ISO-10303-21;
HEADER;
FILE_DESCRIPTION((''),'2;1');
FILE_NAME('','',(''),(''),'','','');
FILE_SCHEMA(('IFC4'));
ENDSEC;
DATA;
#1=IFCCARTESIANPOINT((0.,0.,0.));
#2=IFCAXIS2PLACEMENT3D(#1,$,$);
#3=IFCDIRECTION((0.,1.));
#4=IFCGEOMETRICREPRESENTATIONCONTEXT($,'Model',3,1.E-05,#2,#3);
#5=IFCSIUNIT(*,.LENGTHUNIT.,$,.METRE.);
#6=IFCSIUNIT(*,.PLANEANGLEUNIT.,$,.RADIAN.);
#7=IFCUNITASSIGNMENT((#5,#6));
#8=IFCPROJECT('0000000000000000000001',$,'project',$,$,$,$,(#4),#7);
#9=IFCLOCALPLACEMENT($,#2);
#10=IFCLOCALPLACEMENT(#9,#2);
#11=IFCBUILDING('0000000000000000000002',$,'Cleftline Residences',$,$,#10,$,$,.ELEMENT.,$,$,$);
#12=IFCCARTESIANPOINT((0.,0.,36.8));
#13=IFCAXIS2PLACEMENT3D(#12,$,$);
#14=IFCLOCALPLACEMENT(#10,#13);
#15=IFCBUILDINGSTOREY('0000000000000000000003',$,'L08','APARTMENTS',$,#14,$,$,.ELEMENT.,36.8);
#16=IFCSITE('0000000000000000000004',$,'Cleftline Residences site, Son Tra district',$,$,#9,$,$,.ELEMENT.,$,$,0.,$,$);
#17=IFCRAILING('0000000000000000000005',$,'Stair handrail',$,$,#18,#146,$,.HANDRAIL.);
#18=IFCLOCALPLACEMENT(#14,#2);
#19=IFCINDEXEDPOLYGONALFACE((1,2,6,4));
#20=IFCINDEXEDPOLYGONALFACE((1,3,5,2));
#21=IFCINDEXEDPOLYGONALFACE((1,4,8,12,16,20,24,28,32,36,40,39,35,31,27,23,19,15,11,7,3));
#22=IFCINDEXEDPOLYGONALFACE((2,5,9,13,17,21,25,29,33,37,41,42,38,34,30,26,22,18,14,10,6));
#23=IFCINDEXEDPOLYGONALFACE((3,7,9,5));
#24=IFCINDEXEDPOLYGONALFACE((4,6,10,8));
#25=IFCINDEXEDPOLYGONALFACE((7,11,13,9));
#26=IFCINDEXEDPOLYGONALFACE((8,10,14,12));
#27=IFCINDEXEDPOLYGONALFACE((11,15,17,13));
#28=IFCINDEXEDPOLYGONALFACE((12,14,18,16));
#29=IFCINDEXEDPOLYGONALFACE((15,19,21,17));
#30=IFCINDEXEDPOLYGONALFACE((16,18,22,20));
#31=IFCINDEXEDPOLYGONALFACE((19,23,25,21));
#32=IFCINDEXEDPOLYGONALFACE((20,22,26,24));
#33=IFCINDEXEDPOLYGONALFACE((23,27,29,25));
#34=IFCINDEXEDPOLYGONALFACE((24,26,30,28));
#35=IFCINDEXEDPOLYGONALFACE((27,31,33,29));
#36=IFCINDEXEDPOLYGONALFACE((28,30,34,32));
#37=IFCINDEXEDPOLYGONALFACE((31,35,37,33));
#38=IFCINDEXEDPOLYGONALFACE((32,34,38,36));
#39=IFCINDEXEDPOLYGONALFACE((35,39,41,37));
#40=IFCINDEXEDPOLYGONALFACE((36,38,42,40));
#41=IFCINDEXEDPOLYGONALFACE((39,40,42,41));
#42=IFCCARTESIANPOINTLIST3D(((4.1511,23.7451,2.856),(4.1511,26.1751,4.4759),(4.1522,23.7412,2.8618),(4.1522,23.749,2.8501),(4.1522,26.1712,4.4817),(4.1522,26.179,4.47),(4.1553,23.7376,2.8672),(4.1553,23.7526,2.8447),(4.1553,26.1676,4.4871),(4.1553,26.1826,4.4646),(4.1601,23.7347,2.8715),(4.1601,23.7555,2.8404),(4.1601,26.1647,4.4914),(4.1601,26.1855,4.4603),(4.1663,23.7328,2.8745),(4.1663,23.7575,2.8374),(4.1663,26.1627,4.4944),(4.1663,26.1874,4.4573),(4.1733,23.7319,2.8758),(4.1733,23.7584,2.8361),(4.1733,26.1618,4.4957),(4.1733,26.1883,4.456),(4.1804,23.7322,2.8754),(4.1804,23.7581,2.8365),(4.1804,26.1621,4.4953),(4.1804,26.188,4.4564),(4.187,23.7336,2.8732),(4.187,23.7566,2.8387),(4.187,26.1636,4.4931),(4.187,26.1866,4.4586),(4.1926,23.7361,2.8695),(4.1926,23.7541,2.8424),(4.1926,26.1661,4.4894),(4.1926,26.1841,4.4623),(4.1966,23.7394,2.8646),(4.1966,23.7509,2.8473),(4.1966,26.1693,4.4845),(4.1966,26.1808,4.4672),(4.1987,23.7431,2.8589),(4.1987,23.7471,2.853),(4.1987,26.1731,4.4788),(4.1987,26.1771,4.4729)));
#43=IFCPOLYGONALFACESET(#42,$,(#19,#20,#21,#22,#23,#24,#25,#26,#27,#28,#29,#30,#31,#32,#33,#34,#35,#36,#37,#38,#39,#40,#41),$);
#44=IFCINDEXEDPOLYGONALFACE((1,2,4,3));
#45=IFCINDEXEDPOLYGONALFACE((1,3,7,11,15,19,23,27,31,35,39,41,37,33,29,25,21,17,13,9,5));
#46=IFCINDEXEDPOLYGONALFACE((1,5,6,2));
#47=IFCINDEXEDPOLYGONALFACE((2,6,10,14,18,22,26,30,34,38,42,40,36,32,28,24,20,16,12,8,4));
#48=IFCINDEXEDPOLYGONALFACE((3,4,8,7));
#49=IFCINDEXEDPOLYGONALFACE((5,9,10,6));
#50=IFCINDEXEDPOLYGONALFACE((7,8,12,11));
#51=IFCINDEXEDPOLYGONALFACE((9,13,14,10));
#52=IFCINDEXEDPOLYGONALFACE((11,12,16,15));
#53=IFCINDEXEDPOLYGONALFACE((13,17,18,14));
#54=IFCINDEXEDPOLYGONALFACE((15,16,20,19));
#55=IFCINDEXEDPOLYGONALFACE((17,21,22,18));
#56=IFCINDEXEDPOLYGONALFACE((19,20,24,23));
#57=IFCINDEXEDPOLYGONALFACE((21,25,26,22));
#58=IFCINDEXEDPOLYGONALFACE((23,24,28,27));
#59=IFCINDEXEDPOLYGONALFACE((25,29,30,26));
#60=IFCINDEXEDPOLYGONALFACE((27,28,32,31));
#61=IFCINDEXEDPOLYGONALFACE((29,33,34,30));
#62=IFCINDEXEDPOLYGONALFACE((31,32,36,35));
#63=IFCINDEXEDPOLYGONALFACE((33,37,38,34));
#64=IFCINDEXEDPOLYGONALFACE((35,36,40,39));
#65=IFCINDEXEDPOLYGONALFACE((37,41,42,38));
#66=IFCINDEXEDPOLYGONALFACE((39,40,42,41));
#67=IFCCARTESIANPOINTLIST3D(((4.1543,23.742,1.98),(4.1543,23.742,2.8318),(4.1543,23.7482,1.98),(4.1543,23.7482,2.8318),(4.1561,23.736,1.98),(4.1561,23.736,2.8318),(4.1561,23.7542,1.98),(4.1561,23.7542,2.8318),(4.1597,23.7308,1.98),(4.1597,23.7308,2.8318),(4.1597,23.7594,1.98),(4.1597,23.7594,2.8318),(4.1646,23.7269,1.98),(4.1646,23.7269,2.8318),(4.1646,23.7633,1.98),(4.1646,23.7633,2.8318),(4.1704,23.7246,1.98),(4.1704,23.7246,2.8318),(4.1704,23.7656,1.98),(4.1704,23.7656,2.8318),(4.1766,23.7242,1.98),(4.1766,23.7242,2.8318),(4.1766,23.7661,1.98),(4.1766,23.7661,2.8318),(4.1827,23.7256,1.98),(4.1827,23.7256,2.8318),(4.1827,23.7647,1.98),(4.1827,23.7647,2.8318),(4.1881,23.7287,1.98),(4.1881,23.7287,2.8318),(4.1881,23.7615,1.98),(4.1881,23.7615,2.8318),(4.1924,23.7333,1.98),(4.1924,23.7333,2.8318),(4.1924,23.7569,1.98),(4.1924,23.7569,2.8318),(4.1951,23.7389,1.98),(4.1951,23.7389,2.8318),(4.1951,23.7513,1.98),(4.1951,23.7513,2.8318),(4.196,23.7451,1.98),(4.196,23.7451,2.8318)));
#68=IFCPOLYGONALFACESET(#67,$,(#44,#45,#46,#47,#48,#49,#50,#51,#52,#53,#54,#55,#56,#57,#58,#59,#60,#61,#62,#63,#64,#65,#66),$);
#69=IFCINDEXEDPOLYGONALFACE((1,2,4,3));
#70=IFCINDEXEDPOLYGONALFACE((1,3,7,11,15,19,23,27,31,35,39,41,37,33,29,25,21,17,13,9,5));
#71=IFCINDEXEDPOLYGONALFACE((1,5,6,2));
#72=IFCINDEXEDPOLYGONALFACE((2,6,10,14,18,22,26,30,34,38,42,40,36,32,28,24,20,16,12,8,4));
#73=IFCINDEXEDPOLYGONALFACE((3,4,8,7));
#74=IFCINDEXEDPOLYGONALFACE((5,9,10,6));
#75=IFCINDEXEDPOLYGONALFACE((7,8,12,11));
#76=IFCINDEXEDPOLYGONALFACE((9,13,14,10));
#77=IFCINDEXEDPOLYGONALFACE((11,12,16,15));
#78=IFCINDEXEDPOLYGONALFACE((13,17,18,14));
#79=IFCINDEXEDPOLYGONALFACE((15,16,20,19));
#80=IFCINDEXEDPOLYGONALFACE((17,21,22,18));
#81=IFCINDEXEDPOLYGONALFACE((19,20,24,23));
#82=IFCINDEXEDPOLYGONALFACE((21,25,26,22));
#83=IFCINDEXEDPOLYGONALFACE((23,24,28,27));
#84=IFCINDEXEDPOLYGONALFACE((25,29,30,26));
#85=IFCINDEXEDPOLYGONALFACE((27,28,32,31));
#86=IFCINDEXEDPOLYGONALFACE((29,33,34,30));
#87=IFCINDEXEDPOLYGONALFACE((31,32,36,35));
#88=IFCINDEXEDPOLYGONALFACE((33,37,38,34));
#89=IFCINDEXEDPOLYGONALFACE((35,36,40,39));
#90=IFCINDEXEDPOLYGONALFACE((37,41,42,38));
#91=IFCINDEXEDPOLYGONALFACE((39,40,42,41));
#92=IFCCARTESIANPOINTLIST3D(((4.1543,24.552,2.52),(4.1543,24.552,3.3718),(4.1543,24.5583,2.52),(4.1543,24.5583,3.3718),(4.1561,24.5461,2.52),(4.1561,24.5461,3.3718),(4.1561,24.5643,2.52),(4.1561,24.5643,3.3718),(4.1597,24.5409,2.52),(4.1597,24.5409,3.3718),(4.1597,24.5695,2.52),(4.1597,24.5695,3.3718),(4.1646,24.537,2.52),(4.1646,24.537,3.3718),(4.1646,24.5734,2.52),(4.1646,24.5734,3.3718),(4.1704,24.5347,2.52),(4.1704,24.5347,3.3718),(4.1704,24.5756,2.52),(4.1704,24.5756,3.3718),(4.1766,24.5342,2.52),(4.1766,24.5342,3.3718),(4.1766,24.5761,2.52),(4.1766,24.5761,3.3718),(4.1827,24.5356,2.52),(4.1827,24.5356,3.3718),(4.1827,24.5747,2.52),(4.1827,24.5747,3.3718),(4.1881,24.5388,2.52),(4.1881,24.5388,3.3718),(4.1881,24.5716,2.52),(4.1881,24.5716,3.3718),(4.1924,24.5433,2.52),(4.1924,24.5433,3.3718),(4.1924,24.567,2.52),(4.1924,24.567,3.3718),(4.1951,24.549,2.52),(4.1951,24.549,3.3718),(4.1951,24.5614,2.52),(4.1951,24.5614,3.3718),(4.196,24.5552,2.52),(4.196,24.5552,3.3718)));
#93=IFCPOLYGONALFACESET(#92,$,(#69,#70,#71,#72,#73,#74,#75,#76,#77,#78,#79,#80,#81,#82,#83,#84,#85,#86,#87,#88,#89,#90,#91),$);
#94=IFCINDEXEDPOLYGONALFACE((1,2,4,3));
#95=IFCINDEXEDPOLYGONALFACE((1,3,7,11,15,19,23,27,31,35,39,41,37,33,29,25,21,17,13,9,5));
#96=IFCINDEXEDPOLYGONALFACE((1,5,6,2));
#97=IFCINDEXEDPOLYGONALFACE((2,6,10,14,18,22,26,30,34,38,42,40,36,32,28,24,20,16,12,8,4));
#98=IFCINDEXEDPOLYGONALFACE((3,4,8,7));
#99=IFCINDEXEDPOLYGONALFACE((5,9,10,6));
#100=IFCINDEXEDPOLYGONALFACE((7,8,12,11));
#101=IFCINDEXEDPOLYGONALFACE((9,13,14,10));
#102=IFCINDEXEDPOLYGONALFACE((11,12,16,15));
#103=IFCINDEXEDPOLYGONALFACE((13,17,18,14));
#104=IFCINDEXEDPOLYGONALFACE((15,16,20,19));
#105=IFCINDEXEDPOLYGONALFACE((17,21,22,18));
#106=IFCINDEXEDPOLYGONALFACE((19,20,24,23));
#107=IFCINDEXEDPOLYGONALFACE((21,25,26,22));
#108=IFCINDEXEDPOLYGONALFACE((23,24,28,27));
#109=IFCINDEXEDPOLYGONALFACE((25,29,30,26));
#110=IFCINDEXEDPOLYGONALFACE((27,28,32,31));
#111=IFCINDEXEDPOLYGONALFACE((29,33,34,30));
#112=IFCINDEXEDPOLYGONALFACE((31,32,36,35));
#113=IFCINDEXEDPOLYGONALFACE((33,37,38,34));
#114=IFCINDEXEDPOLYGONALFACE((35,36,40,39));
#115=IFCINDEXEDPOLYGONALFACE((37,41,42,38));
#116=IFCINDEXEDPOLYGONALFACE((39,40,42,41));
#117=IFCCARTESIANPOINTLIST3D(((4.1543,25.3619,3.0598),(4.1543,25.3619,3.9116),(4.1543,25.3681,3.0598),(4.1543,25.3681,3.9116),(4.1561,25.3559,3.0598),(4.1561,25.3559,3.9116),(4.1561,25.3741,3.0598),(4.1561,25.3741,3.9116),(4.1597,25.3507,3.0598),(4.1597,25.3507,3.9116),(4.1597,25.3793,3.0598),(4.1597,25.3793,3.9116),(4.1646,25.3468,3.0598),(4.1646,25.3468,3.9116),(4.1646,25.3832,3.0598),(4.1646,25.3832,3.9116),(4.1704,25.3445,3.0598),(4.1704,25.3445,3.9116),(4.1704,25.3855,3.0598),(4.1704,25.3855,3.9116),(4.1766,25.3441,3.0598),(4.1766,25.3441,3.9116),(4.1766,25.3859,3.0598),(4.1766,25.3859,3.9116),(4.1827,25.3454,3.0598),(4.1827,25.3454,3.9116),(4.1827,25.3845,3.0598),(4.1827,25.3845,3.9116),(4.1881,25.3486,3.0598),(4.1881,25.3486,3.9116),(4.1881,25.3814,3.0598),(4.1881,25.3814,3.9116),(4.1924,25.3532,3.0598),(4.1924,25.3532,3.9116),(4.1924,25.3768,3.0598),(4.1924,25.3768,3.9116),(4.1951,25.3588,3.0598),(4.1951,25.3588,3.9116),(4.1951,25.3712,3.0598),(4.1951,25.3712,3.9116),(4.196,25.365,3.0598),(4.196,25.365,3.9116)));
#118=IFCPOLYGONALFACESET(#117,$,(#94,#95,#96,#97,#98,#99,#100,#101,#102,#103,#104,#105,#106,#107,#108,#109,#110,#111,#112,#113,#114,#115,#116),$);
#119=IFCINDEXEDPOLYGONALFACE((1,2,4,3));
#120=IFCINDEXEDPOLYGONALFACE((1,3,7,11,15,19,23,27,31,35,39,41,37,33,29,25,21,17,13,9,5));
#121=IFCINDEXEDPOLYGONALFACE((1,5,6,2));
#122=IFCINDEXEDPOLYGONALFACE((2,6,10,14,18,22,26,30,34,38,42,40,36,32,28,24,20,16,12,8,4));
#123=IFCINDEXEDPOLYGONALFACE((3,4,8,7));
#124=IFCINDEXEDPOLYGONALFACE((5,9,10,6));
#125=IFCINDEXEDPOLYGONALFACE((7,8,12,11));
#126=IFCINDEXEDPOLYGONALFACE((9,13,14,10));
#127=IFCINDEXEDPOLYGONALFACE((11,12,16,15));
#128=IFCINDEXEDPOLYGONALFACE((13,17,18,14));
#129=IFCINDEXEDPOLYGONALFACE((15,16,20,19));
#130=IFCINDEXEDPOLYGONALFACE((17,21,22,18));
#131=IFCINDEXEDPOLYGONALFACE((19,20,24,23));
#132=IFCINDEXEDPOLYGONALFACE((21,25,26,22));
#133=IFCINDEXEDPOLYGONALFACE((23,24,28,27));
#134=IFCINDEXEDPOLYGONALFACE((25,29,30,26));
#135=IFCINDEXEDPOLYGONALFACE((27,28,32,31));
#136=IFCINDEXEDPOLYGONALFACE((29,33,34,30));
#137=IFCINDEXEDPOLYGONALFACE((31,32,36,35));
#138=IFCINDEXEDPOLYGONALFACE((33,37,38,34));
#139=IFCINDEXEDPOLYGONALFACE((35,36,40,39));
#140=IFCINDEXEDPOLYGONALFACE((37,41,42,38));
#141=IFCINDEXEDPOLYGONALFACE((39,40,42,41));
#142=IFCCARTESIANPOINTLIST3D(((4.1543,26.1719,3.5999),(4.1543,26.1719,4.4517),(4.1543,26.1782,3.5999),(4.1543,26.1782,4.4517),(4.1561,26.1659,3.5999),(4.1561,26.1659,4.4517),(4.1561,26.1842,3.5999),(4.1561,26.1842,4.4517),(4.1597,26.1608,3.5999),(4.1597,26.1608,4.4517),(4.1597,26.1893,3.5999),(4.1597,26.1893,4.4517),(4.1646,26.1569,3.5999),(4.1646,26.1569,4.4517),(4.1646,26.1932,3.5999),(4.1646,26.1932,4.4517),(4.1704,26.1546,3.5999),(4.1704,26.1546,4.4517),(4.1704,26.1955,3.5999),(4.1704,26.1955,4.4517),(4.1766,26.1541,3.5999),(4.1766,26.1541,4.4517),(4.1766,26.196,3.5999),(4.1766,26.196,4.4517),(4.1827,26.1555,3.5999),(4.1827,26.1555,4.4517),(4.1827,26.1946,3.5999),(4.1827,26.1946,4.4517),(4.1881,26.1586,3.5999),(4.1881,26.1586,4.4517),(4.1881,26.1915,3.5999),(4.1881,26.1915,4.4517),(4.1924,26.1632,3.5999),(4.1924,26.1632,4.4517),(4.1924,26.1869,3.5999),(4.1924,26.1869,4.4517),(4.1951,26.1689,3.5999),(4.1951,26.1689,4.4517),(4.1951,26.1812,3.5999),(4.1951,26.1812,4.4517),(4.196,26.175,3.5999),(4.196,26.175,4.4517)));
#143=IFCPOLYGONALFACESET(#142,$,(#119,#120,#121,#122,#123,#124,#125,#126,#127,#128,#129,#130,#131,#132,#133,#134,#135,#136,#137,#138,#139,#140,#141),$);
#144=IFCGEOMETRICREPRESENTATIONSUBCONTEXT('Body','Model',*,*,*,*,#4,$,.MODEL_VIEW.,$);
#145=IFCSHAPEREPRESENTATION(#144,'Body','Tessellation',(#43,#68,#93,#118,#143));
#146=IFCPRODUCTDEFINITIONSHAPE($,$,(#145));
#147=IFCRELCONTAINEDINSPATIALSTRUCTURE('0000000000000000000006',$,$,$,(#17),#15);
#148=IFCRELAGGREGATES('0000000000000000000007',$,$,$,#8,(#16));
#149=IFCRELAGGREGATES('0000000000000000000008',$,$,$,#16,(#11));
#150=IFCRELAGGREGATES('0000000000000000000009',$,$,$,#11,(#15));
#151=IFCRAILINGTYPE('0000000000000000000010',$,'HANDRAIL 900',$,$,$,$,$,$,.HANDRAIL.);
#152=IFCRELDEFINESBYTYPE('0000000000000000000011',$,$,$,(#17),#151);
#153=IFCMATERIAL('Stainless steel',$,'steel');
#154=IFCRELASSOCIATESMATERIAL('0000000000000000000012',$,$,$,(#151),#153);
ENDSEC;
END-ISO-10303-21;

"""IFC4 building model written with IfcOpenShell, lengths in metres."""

from ifc_helpers import new_model, si_unit, direction, frame, origin, origin_2d, place, context, subcontext, project, spatial, circle, extrude, material, type_object, element, save


model = new_model("IFC4")

# Units and contexts
model_context = context("Model", 3, precision=1e-05, world=origin(), true_north=direction((0.0, 1.0)))
body_context = subcontext(model_context, "Body", "Model", "MODEL_VIEW")
ifc_project = project(units=[si_unit("LENGTHUNIT", "METRE"), si_unit("PLANEANGLEUNIT", "RADIAN")], contexts=[model_context])

# Site, building, storey
site_placement = place(None, origin())
site = spatial("IfcSite", under=ifc_project, at=site_placement, Name="Cleftline Residences site, Son Tra district", CompositionType="ELEMENT", RefElevation=0.0)
building_placement = place(site_placement, origin())
building = spatial("IfcBuilding", under=site, at=building_placement, Name="Cleftline Residences", CompositionType="ELEMENT")
storey_placement = place(building_placement, frame((0.0, 0.0, 36.8)))
storey = spatial("IfcBuildingStorey", under=building, at=storey_placement, Name="L08", Description="APARTMENTS", CompositionType="ELEMENT", Elevation=36.8)

# Railing
ifc_material_1 = material(Name="Stainless steel", Category="steel")
railing_type = type_object("IfcRailingType", Name="HANDRAIL 900", PredefinedType="HANDRAIL", material=ifc_material_1)
railing_1_placement = place(storey_placement, frame((4.175, 23.7451, 1.98)))
element("IfcRailing", 1, at=railing_1_placement, inside=storey, type_object=railing_type, Name="Stair handrail", PredefinedType="HANDRAIL", context=body_context, shape_type="SweptSolid", body=[
    extrude(circle(Radius=0.0239, at=origin_2d()), frame((0.0, 0.0, 0.876), z_axis=(0.0, 0.832063, 0.554681), x_axis=(-1.0, 0.0, 0.0)), (0.0, 0.0, 1.0), 2.9204),
    extrude(circle(Radius=0.021, at=origin_2d()), origin(), (0.0, 0.0, 1.0), 0.8518),
    extrude(circle(Radius=0.021, at=origin_2d()), frame((0.0, 0.8101, 0.54)), (0.0, 0.0, 1.0), 0.8518),
    extrude(circle(Radius=0.021, at=origin_2d()), frame((0.0, 1.6199, 1.0798)), (0.0, 0.0, 1.0), 0.8518),
    extrude(circle(Radius=0.021, at=origin_2d()), frame((0.0, 2.4299, 1.6199)), (0.0, 0.0, 1.0), 0.8518),
])

save(model, "model.ifc")
